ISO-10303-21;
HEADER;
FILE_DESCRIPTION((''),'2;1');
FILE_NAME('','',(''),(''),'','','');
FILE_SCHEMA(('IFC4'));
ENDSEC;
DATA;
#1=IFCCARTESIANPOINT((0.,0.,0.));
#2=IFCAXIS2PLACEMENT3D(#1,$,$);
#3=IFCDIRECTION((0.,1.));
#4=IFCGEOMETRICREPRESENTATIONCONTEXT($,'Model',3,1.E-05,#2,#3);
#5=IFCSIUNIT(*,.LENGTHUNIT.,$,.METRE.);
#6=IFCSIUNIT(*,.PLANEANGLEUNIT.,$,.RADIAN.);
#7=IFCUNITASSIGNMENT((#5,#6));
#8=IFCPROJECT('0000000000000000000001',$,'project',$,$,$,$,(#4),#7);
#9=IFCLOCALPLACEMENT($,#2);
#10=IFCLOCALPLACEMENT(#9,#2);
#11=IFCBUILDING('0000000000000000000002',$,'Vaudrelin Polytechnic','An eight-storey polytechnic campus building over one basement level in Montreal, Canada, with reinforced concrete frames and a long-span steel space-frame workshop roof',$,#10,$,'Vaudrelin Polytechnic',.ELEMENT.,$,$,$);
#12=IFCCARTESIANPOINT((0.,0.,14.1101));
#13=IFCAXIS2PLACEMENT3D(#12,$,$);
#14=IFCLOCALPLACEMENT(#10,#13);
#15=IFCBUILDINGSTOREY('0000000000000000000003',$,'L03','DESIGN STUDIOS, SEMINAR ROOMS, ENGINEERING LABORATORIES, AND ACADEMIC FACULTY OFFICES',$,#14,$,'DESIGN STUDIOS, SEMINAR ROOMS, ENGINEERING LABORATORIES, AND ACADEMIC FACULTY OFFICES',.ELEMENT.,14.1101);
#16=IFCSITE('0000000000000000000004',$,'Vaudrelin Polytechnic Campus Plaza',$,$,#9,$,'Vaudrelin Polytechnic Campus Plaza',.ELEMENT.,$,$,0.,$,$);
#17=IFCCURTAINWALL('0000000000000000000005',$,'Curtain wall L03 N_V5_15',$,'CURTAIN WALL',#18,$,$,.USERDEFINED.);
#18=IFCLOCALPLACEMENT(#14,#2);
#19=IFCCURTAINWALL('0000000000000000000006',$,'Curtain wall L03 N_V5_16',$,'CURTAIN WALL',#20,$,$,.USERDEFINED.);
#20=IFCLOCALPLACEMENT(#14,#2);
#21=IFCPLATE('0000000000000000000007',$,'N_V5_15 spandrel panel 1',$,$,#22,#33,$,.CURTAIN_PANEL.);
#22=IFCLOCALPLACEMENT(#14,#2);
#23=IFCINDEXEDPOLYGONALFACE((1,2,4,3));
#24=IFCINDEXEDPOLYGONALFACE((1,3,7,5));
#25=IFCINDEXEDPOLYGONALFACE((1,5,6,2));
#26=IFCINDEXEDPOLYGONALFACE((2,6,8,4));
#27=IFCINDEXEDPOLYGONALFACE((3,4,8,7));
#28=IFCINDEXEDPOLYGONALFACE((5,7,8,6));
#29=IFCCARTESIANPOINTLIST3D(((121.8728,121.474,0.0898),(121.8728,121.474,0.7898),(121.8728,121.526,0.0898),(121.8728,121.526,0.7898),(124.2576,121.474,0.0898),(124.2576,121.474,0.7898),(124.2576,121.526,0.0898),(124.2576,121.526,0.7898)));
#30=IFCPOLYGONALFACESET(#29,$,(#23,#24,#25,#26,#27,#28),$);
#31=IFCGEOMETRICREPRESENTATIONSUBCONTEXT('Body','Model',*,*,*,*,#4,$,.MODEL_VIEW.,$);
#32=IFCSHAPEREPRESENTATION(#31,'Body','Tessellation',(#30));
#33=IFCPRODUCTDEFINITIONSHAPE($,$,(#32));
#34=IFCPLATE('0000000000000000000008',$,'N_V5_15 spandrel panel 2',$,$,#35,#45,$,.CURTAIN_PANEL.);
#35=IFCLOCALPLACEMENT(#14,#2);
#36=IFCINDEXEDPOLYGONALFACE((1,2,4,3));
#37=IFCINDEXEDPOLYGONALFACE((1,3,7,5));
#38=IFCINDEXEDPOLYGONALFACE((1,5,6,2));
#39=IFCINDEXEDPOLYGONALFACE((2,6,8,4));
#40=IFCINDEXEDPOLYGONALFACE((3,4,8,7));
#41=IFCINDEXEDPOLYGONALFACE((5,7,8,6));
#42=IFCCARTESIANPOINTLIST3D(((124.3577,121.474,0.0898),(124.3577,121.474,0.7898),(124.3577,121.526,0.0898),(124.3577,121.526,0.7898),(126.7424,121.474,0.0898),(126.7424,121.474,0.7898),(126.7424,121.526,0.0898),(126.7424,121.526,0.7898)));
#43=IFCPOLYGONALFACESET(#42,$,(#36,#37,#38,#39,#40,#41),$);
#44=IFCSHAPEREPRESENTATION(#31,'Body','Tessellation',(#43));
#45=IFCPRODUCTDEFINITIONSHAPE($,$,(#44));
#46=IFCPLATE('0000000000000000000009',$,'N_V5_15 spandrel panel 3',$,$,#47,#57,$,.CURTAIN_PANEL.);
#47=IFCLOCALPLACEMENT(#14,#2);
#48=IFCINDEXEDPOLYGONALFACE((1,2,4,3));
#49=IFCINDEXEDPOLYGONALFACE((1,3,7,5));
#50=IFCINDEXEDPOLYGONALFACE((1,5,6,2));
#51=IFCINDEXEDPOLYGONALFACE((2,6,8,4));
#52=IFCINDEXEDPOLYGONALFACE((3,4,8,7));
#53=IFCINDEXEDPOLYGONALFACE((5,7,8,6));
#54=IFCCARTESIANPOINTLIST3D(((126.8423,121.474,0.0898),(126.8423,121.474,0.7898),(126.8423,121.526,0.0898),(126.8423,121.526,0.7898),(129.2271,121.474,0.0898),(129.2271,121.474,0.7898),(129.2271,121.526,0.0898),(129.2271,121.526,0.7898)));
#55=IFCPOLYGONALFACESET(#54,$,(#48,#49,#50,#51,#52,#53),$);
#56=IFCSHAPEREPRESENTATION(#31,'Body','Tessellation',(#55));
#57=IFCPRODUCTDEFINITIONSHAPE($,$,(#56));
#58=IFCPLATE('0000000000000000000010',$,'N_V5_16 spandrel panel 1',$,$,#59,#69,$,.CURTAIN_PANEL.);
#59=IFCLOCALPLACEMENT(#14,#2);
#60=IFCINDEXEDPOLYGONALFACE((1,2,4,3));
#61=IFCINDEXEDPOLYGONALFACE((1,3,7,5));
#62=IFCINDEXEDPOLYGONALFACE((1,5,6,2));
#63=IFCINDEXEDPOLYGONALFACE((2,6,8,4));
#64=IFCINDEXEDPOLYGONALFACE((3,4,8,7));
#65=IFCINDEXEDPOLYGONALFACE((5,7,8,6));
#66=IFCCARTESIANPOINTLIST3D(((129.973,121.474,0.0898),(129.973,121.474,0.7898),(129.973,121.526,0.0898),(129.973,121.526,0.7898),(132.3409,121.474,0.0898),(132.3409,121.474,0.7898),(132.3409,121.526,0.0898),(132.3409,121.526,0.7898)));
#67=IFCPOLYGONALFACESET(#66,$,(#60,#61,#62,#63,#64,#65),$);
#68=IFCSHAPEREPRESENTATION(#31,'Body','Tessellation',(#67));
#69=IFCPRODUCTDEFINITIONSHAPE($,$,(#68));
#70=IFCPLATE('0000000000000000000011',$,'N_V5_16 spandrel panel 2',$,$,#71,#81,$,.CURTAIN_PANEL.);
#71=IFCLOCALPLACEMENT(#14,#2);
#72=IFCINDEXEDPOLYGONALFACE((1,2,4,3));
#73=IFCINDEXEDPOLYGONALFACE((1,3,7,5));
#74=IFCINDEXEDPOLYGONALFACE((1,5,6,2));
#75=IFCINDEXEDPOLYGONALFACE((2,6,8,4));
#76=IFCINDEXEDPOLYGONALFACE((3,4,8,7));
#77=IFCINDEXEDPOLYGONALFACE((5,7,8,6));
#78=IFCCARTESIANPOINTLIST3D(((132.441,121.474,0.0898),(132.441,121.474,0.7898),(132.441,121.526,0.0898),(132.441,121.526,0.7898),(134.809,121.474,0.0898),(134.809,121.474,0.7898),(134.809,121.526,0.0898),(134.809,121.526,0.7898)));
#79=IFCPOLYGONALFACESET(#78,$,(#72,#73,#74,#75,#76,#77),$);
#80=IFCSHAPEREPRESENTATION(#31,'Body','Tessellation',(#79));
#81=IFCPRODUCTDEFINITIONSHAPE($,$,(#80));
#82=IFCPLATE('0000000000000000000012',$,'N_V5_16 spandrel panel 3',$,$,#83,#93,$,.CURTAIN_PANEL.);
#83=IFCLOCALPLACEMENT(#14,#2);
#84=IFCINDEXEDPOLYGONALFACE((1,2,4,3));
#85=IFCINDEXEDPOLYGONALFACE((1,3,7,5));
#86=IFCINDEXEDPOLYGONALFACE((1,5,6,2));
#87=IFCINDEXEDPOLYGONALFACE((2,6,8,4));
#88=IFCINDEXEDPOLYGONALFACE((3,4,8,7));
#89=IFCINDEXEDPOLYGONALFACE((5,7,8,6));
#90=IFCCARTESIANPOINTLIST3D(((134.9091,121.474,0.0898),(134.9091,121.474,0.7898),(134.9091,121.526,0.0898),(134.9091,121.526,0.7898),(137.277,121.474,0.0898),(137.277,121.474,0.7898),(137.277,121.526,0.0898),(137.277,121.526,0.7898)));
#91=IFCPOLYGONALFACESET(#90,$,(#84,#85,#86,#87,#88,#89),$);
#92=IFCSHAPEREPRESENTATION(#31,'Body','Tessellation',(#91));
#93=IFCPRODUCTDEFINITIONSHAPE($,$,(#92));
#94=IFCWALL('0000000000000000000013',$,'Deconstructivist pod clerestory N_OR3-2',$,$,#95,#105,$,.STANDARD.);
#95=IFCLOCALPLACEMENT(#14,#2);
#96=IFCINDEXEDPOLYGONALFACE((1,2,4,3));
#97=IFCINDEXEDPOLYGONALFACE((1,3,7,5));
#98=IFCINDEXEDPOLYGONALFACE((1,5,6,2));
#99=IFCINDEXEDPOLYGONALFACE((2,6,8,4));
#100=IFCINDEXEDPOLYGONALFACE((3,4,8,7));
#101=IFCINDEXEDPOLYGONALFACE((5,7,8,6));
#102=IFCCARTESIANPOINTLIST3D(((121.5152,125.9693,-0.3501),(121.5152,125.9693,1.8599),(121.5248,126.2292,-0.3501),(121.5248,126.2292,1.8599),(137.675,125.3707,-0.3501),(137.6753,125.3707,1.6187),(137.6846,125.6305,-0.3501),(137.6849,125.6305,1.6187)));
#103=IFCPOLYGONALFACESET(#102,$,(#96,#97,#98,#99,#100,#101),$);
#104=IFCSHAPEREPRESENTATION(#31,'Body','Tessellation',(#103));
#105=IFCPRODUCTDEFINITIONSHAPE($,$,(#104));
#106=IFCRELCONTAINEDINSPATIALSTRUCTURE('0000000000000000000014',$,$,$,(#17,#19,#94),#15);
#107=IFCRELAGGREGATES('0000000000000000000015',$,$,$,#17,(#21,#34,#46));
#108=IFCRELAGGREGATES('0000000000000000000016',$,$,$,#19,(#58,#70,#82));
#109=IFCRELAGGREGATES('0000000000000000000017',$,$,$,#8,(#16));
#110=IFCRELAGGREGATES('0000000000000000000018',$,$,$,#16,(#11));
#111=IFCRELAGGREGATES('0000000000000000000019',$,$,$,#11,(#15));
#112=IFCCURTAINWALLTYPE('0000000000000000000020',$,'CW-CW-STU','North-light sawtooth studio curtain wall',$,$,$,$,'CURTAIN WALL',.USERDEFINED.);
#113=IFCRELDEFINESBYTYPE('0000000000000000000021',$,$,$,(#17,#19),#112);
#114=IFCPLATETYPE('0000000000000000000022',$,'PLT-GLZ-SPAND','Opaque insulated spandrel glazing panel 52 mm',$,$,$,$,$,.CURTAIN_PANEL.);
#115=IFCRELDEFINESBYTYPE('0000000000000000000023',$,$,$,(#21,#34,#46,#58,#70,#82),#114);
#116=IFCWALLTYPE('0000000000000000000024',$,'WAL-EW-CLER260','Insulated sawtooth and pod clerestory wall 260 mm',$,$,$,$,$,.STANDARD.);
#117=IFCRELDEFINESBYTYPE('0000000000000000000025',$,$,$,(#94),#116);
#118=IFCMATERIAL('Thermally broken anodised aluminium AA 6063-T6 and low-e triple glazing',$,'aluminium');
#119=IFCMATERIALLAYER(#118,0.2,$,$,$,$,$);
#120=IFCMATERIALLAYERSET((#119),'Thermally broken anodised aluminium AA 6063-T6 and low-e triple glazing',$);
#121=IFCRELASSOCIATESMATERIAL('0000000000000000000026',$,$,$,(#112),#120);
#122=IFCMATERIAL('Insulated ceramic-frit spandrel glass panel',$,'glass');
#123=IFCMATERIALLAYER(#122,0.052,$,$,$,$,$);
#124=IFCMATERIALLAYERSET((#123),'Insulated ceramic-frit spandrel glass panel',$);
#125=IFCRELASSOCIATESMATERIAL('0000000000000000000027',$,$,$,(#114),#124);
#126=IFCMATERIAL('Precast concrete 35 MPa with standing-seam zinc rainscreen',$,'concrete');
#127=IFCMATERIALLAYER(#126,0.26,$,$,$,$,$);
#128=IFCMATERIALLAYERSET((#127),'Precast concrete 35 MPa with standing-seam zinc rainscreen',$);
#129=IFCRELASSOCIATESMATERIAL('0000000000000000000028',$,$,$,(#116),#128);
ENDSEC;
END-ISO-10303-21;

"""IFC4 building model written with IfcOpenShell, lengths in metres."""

from ifc_helpers import new_model, si_unit, direction, frame, origin, origin_2d, place, context, subcontext, project, spatial, polyline, rectangle, outline, extrude, material, layer, layer_set, type_object, element, aggregate, save


model = new_model("IFC4")

# Units and contexts
model_context = context("Model", 3, precision=1e-05, world=origin(), true_north=direction((0.0, 1.0)))
body_context = subcontext(model_context, "Body", "Model", "MODEL_VIEW")
ifc_project = project(units=[si_unit("LENGTHUNIT", "METRE"), si_unit("PLANEANGLEUNIT", "RADIAN")], contexts=[model_context])

# Site, building, storey
site_placement = place(None, origin())
site = spatial("IfcSite", under=ifc_project, at=site_placement, Name="Vaudrelin Polytechnic Campus Plaza", LongName="Vaudrelin Polytechnic Campus Plaza", CompositionType="ELEMENT", RefElevation=0.0)
building_placement = place(site_placement, origin())
building = spatial("IfcBuilding", under=site, at=building_placement, Name="Vaudrelin Polytechnic", Description="An eight-storey polytechnic campus building over one basement level in Montreal, Canada, with reinforced concrete frames and a long-span steel space-frame workshop roof", LongName="Vaudrelin Polytechnic", CompositionType="ELEMENT")
storey_placement = place(building_placement, frame((0.0, 0.0, 14.1101)))
storey = spatial("IfcBuildingStorey", under=building, at=storey_placement, Name="L03", Description="DESIGN STUDIOS, SEMINAR ROOMS, ENGINEERING LABORATORIES, AND ACADEMIC FACULTY OFFICES", LongName="DESIGN STUDIOS, SEMINAR ROOMS, ENGINEERING LABORATORIES, AND ACADEMIC FACULTY OFFICES", CompositionType="ELEMENT", Elevation=14.1101)

# Shared definitions
ifc_material_1 = material(Name="Thermally broken anodised aluminium AA 6063-T6 and low-e triple glazing", Category="aluminium")
ifc_layer_1 = layer(ifc_material_1, 0.2)
ifc_layer_set_1 = layer_set([ifc_layer_1], Name="Thermally broken anodised aluminium AA 6063-T6 and low-e triple glazing")
curtain_wall_type = type_object("IfcCurtainWallType", Name="CW-CW-STU", Description="North-light sawtooth studio curtain wall", ElementType="CURTAIN WALL", PredefinedType="USERDEFINED", material=ifc_layer_set_1)

# Curtain walls
curtain_wall_1_placement = place(storey_placement, origin())
curtain_wall_1 = element("IfcCurtainWall", 1, at=curtain_wall_1_placement, inside=storey, type_object=curtain_wall_type, Name="Curtain wall L03 N_V5_15", ObjectType="CURTAIN WALL", PredefinedType="USERDEFINED")
curtain_wall_2_placement = place(storey_placement, origin())
curtain_wall_2 = element("IfcCurtainWall", 2, at=curtain_wall_2_placement, inside=storey, type_object=curtain_wall_type, Name="Curtain wall L03 N_V5_16", ObjectType="CURTAIN WALL", PredefinedType="USERDEFINED")

# Plates
ifc_material_2 = material(Name="Insulated ceramic-frit spandrel glass panel", Category="glass")
ifc_layer_2 = layer(ifc_material_2, 0.052)
ifc_layer_set_2 = layer_set([ifc_layer_2], Name="Insulated ceramic-frit spandrel glass panel")
plate_type_1 = type_object("IfcPlateType", Name="PLT-GLZ-SPAND", Description="Opaque insulated spandrel glazing panel 52 mm", PredefinedType="CURTAIN_PANEL", material=ifc_layer_set_2)
plate_1_placement = place(storey_placement, frame((123.0652, 121.5, 0.0898), z_axis=(0.0, 0.0, 1.0), x_axis=(1.0, 0.0, 0.0)))
plate_1 = element("IfcPlate", 3, at=plate_1_placement, type_object=plate_type_1, Name="N_V5_15 spandrel panel 1", PredefinedType="CURTAIN_PANEL", context=body_context, shape_type="SweptSolid", body=[
    extrude(rectangle(XDim=2.3848, YDim=0.052, at=origin_2d()), origin(), (0.0, 0.0, 1.0), 0.7),
])
plate_2_placement = place(storey_placement, frame((125.55, 121.5, 0.0898), z_axis=(0.0, 0.0, 1.0), x_axis=(1.0, 0.0, 0.0)))
plate_2 = element("IfcPlate", 4, at=plate_2_placement, type_object=plate_type_1, Name="N_V5_15 spandrel panel 2", PredefinedType="CURTAIN_PANEL", context=body_context, shape_type="SweptSolid", body=[
    extrude(rectangle(XDim=2.3848, YDim=0.052, at=origin_2d()), origin(), (0.0, 0.0, 1.0), 0.7),
])
plate_3_placement = place(storey_placement, frame((128.0347, 121.5, 0.0898), z_axis=(0.0, 0.0, 1.0), x_axis=(1.0, 0.0, 0.0)))
plate_3 = element("IfcPlate", 5, at=plate_3_placement, type_object=plate_type_1, Name="N_V5_15 spandrel panel 3", PredefinedType="CURTAIN_PANEL", context=body_context, shape_type="SweptSolid", body=[
    extrude(rectangle(XDim=2.3848, YDim=0.052, at=origin_2d()), origin(), (0.0, 0.0, 1.0), 0.7),
])
aggregate(curtain_wall_1, [plate_1, plate_2, plate_3])
plate_4_placement = place(storey_placement, frame((131.157, 121.5, 0.0898), z_axis=(0.0, 0.0, 1.0), x_axis=(1.0, 0.0, 0.0)))
plate_4 = element("IfcPlate", 6, at=plate_4_placement, type_object=plate_type_1, Name="N_V5_16 spandrel panel 1", PredefinedType="CURTAIN_PANEL", context=body_context, shape_type="SweptSolid", body=[
    extrude(rectangle(XDim=2.3679, YDim=0.052, at=origin_2d()), origin(), (0.0, 0.0, 1.0), 0.7),
])
plate_5_placement = place(storey_placement, frame((133.625, 121.5, 0.0898), z_axis=(0.0, 0.0, 1.0), x_axis=(1.0, 0.0, 0.0)))
plate_5 = element("IfcPlate", 7, at=plate_5_placement, type_object=plate_type_1, Name="N_V5_16 spandrel panel 2", PredefinedType="CURTAIN_PANEL", context=body_context, shape_type="SweptSolid", body=[
    extrude(rectangle(XDim=2.3679, YDim=0.052, at=origin_2d()), origin(), (0.0, 0.0, 1.0), 0.7),
])
plate_6_placement = place(storey_placement, frame((136.093, 121.5, 0.0898), z_axis=(0.0, 0.0, 1.0), x_axis=(1.0, 0.0, 0.0)))
plate_6 = element("IfcPlate", 8, at=plate_6_placement, type_object=plate_type_1, Name="N_V5_16 spandrel panel 3", PredefinedType="CURTAIN_PANEL", context=body_context, shape_type="SweptSolid", body=[
    extrude(rectangle(XDim=2.3679, YDim=0.052, at=origin_2d()), origin(), (0.0, 0.0, 1.0), 0.7),
])
aggregate(curtain_wall_2, [plate_4, plate_5, plate_6])

# Wall
ifc_material_3 = material(Name="Precast concrete 35 MPa with standing-seam zinc rainscreen", Category="concrete")
ifc_layer_3 = layer(ifc_material_3, 0.26)
ifc_layer_set_3 = layer_set([ifc_layer_3], Name="Precast concrete 35 MPa with standing-seam zinc rainscreen")
wall_type = type_object("IfcWallType", Name="WAL-EW-CLER260", Description="Insulated sawtooth and pod clerestory wall 260 mm", PredefinedType="STANDARD", material=ifc_layer_set_3)
wall_placement = place(storey_placement, frame((121.52, 126.0994, -0.3501), z_axis=(0.0, 0.0, 1.0), x_axis=(0.999315, -0.037019, 0.0)))
element("IfcWall", 9, at=wall_placement, inside=storey, type_object=wall_type, Name="Deconstructivist pod clerestory N_OR3-2", PredefinedType="STANDARD", context=body_context, shape_type="SweptSolid", body=[
    extrude(outline(polyline([(0.0, 0.0), (16.1709, 0.0), (16.1711, 1.9688), (0.0, 2.21), (0.0, 0.0)])), frame((0.0, 0.1299, 0.0), z_axis=(0.0, -1.0, 0.0), x_axis=(1.0, 0.0, 0.0)), (0.0, 0.0, 1.0), 0.26),
])

save(model, "model.ifc")
